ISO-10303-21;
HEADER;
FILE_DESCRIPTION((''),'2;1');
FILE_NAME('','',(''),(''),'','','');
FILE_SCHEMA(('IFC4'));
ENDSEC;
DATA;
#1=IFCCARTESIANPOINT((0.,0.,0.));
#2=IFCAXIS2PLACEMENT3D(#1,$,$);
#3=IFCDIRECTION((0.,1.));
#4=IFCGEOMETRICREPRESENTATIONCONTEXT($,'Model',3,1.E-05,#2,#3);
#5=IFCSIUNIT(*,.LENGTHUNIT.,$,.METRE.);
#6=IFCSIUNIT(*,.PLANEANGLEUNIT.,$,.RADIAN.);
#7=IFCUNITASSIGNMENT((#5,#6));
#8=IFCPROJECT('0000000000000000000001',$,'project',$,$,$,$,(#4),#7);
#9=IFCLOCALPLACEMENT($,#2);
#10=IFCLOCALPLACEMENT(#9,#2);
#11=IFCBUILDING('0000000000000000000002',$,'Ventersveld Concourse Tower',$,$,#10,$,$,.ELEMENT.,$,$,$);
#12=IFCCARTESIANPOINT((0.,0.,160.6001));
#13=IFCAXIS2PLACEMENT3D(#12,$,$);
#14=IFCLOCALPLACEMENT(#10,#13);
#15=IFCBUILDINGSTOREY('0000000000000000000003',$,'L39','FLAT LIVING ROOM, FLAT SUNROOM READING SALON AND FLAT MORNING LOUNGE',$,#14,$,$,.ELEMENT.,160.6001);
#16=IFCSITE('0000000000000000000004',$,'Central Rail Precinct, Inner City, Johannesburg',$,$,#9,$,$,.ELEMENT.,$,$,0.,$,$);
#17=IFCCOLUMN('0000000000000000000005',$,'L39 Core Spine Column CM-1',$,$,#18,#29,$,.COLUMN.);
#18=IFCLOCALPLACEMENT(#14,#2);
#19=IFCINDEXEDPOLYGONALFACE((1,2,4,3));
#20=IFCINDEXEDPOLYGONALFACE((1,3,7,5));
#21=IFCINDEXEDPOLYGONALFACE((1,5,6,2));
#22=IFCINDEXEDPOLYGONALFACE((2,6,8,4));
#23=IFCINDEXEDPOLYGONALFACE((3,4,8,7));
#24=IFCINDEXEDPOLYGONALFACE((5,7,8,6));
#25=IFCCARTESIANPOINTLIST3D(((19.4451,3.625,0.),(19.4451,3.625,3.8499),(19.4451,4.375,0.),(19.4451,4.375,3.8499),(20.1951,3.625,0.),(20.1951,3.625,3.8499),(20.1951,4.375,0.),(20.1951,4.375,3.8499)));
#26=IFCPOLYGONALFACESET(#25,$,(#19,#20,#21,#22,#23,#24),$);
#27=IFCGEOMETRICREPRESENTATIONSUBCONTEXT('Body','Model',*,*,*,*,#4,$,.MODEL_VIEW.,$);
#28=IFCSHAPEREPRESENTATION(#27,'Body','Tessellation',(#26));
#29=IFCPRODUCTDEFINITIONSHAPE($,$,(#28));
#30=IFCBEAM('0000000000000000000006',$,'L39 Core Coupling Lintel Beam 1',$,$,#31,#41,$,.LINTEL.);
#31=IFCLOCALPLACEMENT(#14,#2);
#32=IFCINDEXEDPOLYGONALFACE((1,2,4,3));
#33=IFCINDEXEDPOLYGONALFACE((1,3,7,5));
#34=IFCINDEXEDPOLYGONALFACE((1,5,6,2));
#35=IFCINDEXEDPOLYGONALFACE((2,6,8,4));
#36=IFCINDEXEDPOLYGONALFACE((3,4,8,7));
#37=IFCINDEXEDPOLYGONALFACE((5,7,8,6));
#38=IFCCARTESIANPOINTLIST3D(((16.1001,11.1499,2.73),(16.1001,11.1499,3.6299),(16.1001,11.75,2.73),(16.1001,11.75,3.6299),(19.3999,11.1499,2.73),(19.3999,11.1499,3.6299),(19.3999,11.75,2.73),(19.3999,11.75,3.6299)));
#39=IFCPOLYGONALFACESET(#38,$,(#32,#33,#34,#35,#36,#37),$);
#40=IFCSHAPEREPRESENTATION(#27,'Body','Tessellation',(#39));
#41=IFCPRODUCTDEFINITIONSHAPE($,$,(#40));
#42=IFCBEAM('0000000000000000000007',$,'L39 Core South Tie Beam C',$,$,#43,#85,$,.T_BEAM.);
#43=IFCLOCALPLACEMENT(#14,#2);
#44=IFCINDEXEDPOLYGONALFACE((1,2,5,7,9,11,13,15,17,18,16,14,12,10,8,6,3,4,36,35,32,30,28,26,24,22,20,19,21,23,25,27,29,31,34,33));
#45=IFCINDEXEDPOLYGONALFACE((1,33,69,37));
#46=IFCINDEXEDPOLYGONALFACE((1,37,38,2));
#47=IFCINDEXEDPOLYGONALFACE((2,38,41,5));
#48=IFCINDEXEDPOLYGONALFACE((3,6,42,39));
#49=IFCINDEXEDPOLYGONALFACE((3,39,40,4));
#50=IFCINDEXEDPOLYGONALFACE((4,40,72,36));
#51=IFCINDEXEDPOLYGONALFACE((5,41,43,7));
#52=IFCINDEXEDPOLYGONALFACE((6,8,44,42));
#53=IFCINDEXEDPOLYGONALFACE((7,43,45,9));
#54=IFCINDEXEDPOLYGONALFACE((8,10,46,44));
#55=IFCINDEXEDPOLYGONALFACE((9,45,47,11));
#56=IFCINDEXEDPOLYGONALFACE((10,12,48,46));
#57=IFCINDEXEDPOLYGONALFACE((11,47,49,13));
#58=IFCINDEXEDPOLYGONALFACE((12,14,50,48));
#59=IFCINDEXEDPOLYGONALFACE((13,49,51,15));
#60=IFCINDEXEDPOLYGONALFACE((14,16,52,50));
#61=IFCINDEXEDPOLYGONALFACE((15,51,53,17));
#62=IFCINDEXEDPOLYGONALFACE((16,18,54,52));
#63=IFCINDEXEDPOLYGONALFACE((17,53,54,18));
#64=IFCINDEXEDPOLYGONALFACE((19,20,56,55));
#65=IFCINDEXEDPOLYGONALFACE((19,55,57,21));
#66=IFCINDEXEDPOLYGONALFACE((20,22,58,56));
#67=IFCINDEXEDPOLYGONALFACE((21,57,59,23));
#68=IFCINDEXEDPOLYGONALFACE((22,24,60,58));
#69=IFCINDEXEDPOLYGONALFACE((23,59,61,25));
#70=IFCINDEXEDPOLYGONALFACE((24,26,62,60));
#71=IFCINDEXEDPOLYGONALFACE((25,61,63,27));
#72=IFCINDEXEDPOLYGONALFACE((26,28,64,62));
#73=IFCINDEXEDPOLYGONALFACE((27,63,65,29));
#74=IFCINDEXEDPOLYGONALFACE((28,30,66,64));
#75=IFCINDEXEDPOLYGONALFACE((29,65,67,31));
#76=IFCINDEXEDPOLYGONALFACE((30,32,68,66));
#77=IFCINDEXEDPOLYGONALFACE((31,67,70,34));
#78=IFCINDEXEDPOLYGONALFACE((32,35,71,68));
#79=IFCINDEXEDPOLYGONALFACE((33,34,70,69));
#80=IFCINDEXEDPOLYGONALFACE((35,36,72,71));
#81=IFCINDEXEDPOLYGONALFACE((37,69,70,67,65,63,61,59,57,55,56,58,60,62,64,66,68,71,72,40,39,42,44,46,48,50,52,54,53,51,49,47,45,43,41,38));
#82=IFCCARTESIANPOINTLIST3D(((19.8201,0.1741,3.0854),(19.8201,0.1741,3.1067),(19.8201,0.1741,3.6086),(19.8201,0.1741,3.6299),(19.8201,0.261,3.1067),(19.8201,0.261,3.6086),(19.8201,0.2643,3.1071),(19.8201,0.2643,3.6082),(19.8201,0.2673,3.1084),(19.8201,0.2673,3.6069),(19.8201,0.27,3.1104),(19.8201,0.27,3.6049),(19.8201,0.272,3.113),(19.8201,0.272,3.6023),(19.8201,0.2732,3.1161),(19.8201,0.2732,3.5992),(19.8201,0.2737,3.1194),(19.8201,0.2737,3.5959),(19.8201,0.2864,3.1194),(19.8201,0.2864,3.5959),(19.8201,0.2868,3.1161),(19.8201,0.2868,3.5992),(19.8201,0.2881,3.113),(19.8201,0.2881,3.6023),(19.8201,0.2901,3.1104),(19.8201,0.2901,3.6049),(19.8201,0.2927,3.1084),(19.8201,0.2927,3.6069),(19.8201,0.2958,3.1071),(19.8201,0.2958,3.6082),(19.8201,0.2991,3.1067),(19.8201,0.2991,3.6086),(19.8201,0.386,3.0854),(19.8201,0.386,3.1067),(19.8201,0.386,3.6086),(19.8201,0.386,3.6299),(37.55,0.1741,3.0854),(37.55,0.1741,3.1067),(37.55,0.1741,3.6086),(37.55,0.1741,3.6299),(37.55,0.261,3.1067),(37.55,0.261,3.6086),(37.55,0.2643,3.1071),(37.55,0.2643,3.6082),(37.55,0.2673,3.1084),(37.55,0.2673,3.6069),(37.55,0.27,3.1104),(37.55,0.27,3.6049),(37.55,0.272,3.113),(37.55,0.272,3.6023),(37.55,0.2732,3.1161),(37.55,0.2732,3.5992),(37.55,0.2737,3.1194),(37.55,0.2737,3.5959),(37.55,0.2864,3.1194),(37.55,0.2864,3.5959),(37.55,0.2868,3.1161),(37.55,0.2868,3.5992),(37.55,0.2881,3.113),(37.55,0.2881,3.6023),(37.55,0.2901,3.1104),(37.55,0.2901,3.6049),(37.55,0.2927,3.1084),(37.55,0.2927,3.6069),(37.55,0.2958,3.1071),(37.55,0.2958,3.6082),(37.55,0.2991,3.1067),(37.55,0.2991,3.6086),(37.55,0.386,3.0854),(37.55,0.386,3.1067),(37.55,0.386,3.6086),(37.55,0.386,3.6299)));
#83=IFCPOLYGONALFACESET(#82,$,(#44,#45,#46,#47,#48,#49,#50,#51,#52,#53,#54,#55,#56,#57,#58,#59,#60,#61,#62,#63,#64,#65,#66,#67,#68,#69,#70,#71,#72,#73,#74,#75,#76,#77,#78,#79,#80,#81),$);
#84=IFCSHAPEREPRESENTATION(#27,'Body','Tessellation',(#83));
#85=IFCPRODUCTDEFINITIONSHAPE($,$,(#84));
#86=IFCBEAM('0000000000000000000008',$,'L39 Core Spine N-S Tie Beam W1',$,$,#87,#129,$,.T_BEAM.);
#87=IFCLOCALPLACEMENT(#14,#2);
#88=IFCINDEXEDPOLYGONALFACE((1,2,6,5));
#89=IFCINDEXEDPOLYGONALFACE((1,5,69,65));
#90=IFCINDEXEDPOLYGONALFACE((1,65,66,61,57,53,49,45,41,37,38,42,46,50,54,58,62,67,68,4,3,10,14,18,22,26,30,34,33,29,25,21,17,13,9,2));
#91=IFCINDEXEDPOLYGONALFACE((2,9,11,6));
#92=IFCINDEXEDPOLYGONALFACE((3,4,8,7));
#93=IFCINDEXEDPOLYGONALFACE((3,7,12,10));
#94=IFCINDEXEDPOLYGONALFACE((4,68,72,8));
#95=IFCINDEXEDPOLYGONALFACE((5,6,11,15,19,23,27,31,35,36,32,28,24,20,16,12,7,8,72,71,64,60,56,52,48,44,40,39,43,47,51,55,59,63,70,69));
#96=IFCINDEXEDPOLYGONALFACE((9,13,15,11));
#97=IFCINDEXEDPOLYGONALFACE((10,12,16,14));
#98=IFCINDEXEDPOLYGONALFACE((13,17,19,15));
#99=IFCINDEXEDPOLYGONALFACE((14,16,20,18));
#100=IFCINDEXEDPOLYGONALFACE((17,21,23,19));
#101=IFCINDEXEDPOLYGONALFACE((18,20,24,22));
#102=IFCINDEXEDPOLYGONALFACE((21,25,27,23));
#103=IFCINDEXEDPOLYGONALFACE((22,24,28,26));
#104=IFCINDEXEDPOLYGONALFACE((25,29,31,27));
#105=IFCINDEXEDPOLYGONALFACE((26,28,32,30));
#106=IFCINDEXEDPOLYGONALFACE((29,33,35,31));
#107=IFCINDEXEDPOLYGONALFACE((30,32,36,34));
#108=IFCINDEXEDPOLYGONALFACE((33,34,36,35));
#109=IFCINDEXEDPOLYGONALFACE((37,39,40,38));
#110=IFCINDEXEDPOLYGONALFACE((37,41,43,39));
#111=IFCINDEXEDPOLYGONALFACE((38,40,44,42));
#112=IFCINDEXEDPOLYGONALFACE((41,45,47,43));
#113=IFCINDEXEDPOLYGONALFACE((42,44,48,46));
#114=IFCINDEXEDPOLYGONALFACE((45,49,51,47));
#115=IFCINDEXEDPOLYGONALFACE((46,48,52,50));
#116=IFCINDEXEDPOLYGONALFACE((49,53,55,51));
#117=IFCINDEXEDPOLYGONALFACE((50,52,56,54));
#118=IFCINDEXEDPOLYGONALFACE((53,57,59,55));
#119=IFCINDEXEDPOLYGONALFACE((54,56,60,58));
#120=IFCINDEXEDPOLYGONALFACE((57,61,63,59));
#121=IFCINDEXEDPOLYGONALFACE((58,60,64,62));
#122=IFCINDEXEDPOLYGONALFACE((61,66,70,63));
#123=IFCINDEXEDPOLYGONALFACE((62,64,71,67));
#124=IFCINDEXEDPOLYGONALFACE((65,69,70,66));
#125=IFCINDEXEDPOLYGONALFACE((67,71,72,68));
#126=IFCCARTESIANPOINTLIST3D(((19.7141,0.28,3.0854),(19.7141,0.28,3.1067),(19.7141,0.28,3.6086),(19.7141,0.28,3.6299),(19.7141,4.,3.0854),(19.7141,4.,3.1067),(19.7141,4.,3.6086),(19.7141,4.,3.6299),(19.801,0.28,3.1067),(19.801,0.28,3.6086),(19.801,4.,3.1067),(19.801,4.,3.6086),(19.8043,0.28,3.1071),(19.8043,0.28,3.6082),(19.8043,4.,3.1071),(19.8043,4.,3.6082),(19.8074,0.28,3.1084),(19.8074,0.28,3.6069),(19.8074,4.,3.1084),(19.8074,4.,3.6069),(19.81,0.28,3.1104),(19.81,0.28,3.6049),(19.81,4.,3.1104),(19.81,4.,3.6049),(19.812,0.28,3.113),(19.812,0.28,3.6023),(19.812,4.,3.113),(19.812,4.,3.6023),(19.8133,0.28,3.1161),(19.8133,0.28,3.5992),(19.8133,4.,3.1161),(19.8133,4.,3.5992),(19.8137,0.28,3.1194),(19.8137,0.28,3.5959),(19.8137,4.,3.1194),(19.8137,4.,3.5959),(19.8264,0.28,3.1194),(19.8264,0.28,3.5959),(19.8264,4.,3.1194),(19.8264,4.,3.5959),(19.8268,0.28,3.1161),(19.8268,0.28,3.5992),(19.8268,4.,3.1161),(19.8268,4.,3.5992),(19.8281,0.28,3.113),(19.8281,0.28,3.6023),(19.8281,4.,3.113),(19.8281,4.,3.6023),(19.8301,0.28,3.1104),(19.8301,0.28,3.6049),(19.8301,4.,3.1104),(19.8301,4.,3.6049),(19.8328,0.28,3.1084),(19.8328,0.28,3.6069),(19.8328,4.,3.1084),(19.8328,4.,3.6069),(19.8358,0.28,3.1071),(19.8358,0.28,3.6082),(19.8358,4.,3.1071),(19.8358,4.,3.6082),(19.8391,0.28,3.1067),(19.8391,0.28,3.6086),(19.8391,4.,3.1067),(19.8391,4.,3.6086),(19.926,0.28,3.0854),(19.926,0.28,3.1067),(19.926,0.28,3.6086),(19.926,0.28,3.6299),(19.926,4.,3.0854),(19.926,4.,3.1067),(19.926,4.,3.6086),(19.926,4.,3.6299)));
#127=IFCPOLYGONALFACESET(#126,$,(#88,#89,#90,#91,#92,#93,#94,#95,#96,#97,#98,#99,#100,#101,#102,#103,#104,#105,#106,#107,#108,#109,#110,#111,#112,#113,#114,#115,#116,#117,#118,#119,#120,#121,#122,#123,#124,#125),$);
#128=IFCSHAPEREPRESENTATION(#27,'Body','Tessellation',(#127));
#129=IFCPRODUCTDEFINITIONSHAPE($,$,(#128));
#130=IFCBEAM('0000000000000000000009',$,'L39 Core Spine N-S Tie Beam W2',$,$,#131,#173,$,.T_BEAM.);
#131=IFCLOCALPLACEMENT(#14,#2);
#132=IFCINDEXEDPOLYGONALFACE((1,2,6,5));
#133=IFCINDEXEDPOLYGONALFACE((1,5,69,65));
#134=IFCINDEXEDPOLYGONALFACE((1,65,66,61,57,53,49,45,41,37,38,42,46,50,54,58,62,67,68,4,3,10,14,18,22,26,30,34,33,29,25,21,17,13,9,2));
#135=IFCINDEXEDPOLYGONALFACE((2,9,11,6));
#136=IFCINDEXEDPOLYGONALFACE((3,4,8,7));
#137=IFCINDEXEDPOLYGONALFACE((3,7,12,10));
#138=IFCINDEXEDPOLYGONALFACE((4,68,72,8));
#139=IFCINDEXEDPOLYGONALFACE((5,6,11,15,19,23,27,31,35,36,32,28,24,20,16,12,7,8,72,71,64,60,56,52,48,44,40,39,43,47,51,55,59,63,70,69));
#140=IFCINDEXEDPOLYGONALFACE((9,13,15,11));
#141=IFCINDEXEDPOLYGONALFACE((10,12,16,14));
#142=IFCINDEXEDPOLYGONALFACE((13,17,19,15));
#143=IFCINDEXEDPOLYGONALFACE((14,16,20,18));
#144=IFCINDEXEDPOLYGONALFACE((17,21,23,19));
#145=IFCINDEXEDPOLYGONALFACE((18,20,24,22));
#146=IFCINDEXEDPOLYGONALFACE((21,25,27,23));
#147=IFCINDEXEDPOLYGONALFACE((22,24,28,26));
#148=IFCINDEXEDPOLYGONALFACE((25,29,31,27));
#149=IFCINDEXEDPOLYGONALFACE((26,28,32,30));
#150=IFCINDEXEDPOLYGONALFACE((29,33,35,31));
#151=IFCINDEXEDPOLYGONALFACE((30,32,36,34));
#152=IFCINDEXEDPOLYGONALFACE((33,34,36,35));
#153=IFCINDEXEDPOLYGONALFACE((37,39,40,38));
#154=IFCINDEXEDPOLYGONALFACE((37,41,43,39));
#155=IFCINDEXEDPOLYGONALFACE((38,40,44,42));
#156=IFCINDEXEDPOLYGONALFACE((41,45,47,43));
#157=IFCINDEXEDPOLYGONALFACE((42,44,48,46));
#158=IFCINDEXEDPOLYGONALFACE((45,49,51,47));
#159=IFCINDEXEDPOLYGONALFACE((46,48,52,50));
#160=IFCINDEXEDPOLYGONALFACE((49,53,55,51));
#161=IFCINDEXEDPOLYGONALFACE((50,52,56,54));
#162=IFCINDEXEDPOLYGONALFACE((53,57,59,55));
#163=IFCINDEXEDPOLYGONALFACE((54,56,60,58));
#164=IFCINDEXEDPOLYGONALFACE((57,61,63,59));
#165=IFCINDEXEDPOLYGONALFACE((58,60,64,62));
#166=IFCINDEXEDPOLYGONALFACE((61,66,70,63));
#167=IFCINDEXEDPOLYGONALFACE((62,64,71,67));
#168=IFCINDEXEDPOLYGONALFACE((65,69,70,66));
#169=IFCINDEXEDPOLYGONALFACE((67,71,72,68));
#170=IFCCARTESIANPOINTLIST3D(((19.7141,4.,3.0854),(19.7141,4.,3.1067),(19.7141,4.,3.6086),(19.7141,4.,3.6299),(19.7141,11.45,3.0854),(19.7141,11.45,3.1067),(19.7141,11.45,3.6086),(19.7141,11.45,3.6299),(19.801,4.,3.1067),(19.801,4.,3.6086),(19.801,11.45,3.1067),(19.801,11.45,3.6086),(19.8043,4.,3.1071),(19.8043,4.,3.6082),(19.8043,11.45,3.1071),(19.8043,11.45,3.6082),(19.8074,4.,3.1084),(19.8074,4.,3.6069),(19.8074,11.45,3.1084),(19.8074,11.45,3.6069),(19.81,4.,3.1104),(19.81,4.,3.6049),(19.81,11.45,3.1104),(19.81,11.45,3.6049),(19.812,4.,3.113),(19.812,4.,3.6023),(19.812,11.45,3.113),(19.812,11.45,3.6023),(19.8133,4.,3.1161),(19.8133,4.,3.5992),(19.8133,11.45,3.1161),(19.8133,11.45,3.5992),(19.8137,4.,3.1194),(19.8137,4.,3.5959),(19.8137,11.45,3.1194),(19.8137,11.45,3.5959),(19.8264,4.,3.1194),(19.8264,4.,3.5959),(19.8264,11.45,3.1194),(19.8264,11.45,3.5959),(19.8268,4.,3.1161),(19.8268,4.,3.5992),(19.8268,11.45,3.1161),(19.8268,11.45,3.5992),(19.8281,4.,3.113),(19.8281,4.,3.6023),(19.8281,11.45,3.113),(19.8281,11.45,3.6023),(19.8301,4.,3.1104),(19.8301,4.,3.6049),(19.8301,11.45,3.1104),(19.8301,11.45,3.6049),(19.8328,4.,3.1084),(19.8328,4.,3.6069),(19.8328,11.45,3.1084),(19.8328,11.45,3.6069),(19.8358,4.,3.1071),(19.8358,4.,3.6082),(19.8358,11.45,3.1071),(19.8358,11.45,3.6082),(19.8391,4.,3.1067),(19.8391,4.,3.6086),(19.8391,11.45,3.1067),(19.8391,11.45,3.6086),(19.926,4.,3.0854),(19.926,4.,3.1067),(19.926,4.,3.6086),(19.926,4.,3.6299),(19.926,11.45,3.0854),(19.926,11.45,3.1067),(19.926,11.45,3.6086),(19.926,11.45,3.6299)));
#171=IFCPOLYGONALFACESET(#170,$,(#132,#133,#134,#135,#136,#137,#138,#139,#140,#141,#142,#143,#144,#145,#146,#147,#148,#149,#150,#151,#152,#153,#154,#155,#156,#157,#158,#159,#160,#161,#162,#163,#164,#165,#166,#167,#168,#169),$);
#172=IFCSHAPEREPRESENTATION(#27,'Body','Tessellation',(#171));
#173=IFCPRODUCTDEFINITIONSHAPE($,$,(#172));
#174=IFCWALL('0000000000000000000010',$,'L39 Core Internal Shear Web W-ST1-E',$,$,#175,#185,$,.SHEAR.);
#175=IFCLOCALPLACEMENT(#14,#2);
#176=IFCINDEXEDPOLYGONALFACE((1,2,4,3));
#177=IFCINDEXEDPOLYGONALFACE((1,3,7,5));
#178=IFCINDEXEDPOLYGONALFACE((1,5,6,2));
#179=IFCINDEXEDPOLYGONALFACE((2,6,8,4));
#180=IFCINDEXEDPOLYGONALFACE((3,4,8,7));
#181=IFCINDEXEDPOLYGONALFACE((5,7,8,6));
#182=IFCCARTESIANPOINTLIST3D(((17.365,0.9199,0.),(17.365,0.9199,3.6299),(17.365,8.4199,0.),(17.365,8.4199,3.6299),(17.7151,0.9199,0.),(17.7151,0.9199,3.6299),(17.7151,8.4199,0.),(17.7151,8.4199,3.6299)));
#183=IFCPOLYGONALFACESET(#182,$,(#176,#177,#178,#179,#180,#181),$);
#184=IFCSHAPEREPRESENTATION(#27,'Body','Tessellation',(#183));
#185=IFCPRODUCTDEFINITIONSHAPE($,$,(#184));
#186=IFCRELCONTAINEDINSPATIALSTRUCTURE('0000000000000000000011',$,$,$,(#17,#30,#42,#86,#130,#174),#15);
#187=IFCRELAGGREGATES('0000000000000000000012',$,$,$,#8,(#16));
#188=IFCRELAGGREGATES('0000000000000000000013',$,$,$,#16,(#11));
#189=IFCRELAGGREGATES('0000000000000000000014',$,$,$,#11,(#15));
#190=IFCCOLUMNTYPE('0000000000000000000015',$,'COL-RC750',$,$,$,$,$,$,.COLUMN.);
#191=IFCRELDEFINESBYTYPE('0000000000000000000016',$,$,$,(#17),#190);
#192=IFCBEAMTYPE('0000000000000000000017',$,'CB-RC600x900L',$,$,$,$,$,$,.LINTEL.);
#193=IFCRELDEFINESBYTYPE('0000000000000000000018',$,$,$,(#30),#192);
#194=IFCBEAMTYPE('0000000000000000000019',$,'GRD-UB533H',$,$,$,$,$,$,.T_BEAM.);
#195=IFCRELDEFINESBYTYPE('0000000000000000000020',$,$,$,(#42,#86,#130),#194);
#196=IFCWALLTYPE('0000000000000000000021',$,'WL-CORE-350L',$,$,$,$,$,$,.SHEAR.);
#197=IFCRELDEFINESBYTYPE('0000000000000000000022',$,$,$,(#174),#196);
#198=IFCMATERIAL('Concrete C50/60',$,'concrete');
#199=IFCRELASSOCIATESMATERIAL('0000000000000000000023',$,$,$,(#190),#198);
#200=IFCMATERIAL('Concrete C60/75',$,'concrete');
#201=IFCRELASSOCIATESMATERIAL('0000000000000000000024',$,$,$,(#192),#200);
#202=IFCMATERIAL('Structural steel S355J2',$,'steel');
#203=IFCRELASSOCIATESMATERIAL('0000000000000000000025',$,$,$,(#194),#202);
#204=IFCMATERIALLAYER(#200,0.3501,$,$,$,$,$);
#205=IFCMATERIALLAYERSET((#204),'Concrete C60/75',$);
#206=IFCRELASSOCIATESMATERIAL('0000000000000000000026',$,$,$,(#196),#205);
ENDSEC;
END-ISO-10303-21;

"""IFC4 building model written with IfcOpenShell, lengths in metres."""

from ifc_helpers import new_model, si_unit, direction, frame, frame_2d, origin, origin_2d, place, context, subcontext, project, spatial, rectangle, i_section, extrude, material, layer, layer_set, material_profile, profile_set, type_object, element, save


model = new_model("IFC4")

# Units and contexts
model_context = context("Model", 3, precision=1e-05, world=origin(), true_north=direction((0.0, 1.0)))
body_context = subcontext(model_context, "Body", "Model", "MODEL_VIEW")
ifc_project = project(units=[si_unit("LENGTHUNIT", "METRE"), si_unit("PLANEANGLEUNIT", "RADIAN")], contexts=[model_context])

# Site, building, storey
site_placement = place(None, origin())
site = spatial("IfcSite", under=ifc_project, at=site_placement, Name="Central Rail Precinct, Inner City, Johannesburg", CompositionType="ELEMENT", RefElevation=0.0)
building_placement = place(site_placement, origin())
building = spatial("IfcBuilding", under=site, at=building_placement, Name="Ventersveld Concourse Tower", CompositionType="ELEMENT")
storey_placement = place(building_placement, frame((0.0, 0.0, 160.6001)))
storey = spatial("IfcBuildingStorey", under=building, at=storey_placement, Name="L39", Description="FLAT LIVING ROOM, FLAT SUNROOM READING SALON AND FLAT MORNING LOUNGE", CompositionType="ELEMENT", Elevation=160.6001)

# Column
ifc_material_1 = material(Name="Concrete C50/60", Category="concrete")
ifc_material_profile_1 = material_profile(ifc_material_1, rectangle(XDim=0.75, YDim=0.75, at=origin_2d()), Name="RC 750x750")
ifc_profile_set_1 = profile_set([ifc_material_profile_1], Name="Concrete C50/60")
column_type = type_object("IfcColumnType", Name="COL-RC750", PredefinedType="COLUMN", material=ifc_profile_set_1)
column_placement = place(storey_placement, frame((19.8201, 4.0, 0.0), z_axis=(0.0, 0.0, 1.0), x_axis=(1.0, 0.0, 0.0)))
element("IfcColumn", 1, at=column_placement, inside=storey, type_object=column_type, Name="L39 Core Spine Column CM-1", PredefinedType="COLUMN", context=body_context, shape_type="SweptSolid", body=[
    extrude(rectangle(XDim=0.75, YDim=0.75, at=origin_2d()), origin(), (0.0, 0.0, 1.0), 3.8499),
])

# Beams
ifc_material_2 = material(Name="Concrete C60/75", Category="concrete")
ifc_material_profile_2 = material_profile(ifc_material_2, rectangle(XDim=0.6001, YDim=0.8999, at=origin_2d()), Name="RC 600x900")
ifc_profile_set_2 = profile_set([ifc_material_profile_2], Name="Concrete C60/75")
beam_type_1 = type_object("IfcBeamType", Name="CB-RC600x900L", PredefinedType="LINTEL", material=ifc_profile_set_2)
beam_1_placement = place(storey_placement, frame((16.1001, 11.45, 3.1799), z_axis=(1.0, 0.0, 0.0), x_axis=(0.0, 1.0, 0.0)))
element("IfcBeam", 2, at=beam_1_placement, inside=storey, type_object=beam_type_1, Name="L39 Core Coupling Lintel Beam 1", PredefinedType="LINTEL", context=body_context, shape_type="SweptSolid", body=[
    extrude(rectangle(XDim=0.6001, YDim=0.8999, at=origin_2d()), origin(), (0.0, 0.0, 1.0), 3.2998),
])
ifc_material_3 = material(Name="Structural steel S355J2", Category="steel")
ifc_material_profile_3 = material_profile(ifc_material_3, i_section(OverallWidth=0.2119, OverallDepth=0.5444, WebThickness=0.0127, FlangeThickness=0.0212, FilletRadius=0.0127, at=origin_2d()), Name="UB 533x210x122")
ifc_profile_set_3 = profile_set([ifc_material_profile_3], Name="Structural steel S355J2")
beam_type_2 = type_object("IfcBeamType", Name="GRD-UB533H", PredefinedType="T_BEAM", material=ifc_profile_set_3)
beam_2_placement = place(storey_placement, frame((19.8201, 0.28, 3.3577), z_axis=(1.0, 0.0, 0.0), x_axis=(0.0, 1.0, 0.0)))
element("IfcBeam", 3, at=beam_2_placement, inside=storey, type_object=beam_type_2, Name="L39 Core South Tie Beam C", PredefinedType="T_BEAM", context=body_context, shape_type="SweptSolid", body=[
    extrude(i_section(OverallWidth=0.2119, OverallDepth=0.5444, WebThickness=0.0127, FlangeThickness=0.0212, FilletRadius=0.0127, at=origin_2d()), origin(), (0.0, 0.0, 1.0), 17.73),
])
beam_3_placement = place(storey_placement, frame((19.8201, 0.28, 3.3577), z_axis=(0.0, 1.0, 0.0), x_axis=(-1.0, 0.0, 0.0)))
element("IfcBeam", 4, at=beam_3_placement, inside=storey, type_object=beam_type_2, Name="L39 Core Spine N-S Tie Beam W1", PredefinedType="T_BEAM", context=body_context, shape_type="SweptSolid", body=[
    extrude(i_section(OverallWidth=0.2119, OverallDepth=0.5444, WebThickness=0.0127, FlangeThickness=0.0212, FilletRadius=0.0127, at=origin_2d()), origin(), (0.0, 0.0, 1.0), 3.72),
])
beam_4_placement = place(storey_placement, frame((19.8201, 4.0, 3.3577), z_axis=(0.0, 1.0, 0.0), x_axis=(-1.0, 0.0, 0.0)))
element("IfcBeam", 5, at=beam_4_placement, inside=storey, type_object=beam_type_2, Name="L39 Core Spine N-S Tie Beam W2", PredefinedType="T_BEAM", context=body_context, shape_type="SweptSolid", body=[
    extrude(i_section(OverallWidth=0.2119, OverallDepth=0.5444, WebThickness=0.0127, FlangeThickness=0.0212, FilletRadius=0.0127, at=origin_2d()), origin(), (0.0, 0.0, 1.0), 7.45),
])

# Wall
ifc_layer_1 = layer(ifc_material_2, 0.3501)
ifc_layer_set_1 = layer_set([ifc_layer_1], Name="Concrete C60/75")
wall_type_1 = type_object("IfcWallType", Name="WL-CORE-350L", PredefinedType="SHEAR", material=ifc_layer_set_1)
for number, where, z_axis, x_axis, name in (
    (6, (17.54, 0.9199, 0.0), (0.0, 0.0, 1.0), (0.0, 1.0, 0.0), "L39 Core Internal Shear Web W-ST1-E"),
):
    element("IfcWall", number, at=place(storey_placement, frame(where, z_axis=z_axis, x_axis=x_axis)), inside=storey, type_object=wall_type_1, Name=name, PredefinedType="SHEAR", context=body_context, shape_type="SweptSolid", body=[
        extrude(rectangle(XDim=7.5, YDim=0.3501, at=frame_2d((3.75, 0.0))), origin(), (0.0, 0.0, 1.0), 3.6299),
    ])

save(model, "model.ifc")
